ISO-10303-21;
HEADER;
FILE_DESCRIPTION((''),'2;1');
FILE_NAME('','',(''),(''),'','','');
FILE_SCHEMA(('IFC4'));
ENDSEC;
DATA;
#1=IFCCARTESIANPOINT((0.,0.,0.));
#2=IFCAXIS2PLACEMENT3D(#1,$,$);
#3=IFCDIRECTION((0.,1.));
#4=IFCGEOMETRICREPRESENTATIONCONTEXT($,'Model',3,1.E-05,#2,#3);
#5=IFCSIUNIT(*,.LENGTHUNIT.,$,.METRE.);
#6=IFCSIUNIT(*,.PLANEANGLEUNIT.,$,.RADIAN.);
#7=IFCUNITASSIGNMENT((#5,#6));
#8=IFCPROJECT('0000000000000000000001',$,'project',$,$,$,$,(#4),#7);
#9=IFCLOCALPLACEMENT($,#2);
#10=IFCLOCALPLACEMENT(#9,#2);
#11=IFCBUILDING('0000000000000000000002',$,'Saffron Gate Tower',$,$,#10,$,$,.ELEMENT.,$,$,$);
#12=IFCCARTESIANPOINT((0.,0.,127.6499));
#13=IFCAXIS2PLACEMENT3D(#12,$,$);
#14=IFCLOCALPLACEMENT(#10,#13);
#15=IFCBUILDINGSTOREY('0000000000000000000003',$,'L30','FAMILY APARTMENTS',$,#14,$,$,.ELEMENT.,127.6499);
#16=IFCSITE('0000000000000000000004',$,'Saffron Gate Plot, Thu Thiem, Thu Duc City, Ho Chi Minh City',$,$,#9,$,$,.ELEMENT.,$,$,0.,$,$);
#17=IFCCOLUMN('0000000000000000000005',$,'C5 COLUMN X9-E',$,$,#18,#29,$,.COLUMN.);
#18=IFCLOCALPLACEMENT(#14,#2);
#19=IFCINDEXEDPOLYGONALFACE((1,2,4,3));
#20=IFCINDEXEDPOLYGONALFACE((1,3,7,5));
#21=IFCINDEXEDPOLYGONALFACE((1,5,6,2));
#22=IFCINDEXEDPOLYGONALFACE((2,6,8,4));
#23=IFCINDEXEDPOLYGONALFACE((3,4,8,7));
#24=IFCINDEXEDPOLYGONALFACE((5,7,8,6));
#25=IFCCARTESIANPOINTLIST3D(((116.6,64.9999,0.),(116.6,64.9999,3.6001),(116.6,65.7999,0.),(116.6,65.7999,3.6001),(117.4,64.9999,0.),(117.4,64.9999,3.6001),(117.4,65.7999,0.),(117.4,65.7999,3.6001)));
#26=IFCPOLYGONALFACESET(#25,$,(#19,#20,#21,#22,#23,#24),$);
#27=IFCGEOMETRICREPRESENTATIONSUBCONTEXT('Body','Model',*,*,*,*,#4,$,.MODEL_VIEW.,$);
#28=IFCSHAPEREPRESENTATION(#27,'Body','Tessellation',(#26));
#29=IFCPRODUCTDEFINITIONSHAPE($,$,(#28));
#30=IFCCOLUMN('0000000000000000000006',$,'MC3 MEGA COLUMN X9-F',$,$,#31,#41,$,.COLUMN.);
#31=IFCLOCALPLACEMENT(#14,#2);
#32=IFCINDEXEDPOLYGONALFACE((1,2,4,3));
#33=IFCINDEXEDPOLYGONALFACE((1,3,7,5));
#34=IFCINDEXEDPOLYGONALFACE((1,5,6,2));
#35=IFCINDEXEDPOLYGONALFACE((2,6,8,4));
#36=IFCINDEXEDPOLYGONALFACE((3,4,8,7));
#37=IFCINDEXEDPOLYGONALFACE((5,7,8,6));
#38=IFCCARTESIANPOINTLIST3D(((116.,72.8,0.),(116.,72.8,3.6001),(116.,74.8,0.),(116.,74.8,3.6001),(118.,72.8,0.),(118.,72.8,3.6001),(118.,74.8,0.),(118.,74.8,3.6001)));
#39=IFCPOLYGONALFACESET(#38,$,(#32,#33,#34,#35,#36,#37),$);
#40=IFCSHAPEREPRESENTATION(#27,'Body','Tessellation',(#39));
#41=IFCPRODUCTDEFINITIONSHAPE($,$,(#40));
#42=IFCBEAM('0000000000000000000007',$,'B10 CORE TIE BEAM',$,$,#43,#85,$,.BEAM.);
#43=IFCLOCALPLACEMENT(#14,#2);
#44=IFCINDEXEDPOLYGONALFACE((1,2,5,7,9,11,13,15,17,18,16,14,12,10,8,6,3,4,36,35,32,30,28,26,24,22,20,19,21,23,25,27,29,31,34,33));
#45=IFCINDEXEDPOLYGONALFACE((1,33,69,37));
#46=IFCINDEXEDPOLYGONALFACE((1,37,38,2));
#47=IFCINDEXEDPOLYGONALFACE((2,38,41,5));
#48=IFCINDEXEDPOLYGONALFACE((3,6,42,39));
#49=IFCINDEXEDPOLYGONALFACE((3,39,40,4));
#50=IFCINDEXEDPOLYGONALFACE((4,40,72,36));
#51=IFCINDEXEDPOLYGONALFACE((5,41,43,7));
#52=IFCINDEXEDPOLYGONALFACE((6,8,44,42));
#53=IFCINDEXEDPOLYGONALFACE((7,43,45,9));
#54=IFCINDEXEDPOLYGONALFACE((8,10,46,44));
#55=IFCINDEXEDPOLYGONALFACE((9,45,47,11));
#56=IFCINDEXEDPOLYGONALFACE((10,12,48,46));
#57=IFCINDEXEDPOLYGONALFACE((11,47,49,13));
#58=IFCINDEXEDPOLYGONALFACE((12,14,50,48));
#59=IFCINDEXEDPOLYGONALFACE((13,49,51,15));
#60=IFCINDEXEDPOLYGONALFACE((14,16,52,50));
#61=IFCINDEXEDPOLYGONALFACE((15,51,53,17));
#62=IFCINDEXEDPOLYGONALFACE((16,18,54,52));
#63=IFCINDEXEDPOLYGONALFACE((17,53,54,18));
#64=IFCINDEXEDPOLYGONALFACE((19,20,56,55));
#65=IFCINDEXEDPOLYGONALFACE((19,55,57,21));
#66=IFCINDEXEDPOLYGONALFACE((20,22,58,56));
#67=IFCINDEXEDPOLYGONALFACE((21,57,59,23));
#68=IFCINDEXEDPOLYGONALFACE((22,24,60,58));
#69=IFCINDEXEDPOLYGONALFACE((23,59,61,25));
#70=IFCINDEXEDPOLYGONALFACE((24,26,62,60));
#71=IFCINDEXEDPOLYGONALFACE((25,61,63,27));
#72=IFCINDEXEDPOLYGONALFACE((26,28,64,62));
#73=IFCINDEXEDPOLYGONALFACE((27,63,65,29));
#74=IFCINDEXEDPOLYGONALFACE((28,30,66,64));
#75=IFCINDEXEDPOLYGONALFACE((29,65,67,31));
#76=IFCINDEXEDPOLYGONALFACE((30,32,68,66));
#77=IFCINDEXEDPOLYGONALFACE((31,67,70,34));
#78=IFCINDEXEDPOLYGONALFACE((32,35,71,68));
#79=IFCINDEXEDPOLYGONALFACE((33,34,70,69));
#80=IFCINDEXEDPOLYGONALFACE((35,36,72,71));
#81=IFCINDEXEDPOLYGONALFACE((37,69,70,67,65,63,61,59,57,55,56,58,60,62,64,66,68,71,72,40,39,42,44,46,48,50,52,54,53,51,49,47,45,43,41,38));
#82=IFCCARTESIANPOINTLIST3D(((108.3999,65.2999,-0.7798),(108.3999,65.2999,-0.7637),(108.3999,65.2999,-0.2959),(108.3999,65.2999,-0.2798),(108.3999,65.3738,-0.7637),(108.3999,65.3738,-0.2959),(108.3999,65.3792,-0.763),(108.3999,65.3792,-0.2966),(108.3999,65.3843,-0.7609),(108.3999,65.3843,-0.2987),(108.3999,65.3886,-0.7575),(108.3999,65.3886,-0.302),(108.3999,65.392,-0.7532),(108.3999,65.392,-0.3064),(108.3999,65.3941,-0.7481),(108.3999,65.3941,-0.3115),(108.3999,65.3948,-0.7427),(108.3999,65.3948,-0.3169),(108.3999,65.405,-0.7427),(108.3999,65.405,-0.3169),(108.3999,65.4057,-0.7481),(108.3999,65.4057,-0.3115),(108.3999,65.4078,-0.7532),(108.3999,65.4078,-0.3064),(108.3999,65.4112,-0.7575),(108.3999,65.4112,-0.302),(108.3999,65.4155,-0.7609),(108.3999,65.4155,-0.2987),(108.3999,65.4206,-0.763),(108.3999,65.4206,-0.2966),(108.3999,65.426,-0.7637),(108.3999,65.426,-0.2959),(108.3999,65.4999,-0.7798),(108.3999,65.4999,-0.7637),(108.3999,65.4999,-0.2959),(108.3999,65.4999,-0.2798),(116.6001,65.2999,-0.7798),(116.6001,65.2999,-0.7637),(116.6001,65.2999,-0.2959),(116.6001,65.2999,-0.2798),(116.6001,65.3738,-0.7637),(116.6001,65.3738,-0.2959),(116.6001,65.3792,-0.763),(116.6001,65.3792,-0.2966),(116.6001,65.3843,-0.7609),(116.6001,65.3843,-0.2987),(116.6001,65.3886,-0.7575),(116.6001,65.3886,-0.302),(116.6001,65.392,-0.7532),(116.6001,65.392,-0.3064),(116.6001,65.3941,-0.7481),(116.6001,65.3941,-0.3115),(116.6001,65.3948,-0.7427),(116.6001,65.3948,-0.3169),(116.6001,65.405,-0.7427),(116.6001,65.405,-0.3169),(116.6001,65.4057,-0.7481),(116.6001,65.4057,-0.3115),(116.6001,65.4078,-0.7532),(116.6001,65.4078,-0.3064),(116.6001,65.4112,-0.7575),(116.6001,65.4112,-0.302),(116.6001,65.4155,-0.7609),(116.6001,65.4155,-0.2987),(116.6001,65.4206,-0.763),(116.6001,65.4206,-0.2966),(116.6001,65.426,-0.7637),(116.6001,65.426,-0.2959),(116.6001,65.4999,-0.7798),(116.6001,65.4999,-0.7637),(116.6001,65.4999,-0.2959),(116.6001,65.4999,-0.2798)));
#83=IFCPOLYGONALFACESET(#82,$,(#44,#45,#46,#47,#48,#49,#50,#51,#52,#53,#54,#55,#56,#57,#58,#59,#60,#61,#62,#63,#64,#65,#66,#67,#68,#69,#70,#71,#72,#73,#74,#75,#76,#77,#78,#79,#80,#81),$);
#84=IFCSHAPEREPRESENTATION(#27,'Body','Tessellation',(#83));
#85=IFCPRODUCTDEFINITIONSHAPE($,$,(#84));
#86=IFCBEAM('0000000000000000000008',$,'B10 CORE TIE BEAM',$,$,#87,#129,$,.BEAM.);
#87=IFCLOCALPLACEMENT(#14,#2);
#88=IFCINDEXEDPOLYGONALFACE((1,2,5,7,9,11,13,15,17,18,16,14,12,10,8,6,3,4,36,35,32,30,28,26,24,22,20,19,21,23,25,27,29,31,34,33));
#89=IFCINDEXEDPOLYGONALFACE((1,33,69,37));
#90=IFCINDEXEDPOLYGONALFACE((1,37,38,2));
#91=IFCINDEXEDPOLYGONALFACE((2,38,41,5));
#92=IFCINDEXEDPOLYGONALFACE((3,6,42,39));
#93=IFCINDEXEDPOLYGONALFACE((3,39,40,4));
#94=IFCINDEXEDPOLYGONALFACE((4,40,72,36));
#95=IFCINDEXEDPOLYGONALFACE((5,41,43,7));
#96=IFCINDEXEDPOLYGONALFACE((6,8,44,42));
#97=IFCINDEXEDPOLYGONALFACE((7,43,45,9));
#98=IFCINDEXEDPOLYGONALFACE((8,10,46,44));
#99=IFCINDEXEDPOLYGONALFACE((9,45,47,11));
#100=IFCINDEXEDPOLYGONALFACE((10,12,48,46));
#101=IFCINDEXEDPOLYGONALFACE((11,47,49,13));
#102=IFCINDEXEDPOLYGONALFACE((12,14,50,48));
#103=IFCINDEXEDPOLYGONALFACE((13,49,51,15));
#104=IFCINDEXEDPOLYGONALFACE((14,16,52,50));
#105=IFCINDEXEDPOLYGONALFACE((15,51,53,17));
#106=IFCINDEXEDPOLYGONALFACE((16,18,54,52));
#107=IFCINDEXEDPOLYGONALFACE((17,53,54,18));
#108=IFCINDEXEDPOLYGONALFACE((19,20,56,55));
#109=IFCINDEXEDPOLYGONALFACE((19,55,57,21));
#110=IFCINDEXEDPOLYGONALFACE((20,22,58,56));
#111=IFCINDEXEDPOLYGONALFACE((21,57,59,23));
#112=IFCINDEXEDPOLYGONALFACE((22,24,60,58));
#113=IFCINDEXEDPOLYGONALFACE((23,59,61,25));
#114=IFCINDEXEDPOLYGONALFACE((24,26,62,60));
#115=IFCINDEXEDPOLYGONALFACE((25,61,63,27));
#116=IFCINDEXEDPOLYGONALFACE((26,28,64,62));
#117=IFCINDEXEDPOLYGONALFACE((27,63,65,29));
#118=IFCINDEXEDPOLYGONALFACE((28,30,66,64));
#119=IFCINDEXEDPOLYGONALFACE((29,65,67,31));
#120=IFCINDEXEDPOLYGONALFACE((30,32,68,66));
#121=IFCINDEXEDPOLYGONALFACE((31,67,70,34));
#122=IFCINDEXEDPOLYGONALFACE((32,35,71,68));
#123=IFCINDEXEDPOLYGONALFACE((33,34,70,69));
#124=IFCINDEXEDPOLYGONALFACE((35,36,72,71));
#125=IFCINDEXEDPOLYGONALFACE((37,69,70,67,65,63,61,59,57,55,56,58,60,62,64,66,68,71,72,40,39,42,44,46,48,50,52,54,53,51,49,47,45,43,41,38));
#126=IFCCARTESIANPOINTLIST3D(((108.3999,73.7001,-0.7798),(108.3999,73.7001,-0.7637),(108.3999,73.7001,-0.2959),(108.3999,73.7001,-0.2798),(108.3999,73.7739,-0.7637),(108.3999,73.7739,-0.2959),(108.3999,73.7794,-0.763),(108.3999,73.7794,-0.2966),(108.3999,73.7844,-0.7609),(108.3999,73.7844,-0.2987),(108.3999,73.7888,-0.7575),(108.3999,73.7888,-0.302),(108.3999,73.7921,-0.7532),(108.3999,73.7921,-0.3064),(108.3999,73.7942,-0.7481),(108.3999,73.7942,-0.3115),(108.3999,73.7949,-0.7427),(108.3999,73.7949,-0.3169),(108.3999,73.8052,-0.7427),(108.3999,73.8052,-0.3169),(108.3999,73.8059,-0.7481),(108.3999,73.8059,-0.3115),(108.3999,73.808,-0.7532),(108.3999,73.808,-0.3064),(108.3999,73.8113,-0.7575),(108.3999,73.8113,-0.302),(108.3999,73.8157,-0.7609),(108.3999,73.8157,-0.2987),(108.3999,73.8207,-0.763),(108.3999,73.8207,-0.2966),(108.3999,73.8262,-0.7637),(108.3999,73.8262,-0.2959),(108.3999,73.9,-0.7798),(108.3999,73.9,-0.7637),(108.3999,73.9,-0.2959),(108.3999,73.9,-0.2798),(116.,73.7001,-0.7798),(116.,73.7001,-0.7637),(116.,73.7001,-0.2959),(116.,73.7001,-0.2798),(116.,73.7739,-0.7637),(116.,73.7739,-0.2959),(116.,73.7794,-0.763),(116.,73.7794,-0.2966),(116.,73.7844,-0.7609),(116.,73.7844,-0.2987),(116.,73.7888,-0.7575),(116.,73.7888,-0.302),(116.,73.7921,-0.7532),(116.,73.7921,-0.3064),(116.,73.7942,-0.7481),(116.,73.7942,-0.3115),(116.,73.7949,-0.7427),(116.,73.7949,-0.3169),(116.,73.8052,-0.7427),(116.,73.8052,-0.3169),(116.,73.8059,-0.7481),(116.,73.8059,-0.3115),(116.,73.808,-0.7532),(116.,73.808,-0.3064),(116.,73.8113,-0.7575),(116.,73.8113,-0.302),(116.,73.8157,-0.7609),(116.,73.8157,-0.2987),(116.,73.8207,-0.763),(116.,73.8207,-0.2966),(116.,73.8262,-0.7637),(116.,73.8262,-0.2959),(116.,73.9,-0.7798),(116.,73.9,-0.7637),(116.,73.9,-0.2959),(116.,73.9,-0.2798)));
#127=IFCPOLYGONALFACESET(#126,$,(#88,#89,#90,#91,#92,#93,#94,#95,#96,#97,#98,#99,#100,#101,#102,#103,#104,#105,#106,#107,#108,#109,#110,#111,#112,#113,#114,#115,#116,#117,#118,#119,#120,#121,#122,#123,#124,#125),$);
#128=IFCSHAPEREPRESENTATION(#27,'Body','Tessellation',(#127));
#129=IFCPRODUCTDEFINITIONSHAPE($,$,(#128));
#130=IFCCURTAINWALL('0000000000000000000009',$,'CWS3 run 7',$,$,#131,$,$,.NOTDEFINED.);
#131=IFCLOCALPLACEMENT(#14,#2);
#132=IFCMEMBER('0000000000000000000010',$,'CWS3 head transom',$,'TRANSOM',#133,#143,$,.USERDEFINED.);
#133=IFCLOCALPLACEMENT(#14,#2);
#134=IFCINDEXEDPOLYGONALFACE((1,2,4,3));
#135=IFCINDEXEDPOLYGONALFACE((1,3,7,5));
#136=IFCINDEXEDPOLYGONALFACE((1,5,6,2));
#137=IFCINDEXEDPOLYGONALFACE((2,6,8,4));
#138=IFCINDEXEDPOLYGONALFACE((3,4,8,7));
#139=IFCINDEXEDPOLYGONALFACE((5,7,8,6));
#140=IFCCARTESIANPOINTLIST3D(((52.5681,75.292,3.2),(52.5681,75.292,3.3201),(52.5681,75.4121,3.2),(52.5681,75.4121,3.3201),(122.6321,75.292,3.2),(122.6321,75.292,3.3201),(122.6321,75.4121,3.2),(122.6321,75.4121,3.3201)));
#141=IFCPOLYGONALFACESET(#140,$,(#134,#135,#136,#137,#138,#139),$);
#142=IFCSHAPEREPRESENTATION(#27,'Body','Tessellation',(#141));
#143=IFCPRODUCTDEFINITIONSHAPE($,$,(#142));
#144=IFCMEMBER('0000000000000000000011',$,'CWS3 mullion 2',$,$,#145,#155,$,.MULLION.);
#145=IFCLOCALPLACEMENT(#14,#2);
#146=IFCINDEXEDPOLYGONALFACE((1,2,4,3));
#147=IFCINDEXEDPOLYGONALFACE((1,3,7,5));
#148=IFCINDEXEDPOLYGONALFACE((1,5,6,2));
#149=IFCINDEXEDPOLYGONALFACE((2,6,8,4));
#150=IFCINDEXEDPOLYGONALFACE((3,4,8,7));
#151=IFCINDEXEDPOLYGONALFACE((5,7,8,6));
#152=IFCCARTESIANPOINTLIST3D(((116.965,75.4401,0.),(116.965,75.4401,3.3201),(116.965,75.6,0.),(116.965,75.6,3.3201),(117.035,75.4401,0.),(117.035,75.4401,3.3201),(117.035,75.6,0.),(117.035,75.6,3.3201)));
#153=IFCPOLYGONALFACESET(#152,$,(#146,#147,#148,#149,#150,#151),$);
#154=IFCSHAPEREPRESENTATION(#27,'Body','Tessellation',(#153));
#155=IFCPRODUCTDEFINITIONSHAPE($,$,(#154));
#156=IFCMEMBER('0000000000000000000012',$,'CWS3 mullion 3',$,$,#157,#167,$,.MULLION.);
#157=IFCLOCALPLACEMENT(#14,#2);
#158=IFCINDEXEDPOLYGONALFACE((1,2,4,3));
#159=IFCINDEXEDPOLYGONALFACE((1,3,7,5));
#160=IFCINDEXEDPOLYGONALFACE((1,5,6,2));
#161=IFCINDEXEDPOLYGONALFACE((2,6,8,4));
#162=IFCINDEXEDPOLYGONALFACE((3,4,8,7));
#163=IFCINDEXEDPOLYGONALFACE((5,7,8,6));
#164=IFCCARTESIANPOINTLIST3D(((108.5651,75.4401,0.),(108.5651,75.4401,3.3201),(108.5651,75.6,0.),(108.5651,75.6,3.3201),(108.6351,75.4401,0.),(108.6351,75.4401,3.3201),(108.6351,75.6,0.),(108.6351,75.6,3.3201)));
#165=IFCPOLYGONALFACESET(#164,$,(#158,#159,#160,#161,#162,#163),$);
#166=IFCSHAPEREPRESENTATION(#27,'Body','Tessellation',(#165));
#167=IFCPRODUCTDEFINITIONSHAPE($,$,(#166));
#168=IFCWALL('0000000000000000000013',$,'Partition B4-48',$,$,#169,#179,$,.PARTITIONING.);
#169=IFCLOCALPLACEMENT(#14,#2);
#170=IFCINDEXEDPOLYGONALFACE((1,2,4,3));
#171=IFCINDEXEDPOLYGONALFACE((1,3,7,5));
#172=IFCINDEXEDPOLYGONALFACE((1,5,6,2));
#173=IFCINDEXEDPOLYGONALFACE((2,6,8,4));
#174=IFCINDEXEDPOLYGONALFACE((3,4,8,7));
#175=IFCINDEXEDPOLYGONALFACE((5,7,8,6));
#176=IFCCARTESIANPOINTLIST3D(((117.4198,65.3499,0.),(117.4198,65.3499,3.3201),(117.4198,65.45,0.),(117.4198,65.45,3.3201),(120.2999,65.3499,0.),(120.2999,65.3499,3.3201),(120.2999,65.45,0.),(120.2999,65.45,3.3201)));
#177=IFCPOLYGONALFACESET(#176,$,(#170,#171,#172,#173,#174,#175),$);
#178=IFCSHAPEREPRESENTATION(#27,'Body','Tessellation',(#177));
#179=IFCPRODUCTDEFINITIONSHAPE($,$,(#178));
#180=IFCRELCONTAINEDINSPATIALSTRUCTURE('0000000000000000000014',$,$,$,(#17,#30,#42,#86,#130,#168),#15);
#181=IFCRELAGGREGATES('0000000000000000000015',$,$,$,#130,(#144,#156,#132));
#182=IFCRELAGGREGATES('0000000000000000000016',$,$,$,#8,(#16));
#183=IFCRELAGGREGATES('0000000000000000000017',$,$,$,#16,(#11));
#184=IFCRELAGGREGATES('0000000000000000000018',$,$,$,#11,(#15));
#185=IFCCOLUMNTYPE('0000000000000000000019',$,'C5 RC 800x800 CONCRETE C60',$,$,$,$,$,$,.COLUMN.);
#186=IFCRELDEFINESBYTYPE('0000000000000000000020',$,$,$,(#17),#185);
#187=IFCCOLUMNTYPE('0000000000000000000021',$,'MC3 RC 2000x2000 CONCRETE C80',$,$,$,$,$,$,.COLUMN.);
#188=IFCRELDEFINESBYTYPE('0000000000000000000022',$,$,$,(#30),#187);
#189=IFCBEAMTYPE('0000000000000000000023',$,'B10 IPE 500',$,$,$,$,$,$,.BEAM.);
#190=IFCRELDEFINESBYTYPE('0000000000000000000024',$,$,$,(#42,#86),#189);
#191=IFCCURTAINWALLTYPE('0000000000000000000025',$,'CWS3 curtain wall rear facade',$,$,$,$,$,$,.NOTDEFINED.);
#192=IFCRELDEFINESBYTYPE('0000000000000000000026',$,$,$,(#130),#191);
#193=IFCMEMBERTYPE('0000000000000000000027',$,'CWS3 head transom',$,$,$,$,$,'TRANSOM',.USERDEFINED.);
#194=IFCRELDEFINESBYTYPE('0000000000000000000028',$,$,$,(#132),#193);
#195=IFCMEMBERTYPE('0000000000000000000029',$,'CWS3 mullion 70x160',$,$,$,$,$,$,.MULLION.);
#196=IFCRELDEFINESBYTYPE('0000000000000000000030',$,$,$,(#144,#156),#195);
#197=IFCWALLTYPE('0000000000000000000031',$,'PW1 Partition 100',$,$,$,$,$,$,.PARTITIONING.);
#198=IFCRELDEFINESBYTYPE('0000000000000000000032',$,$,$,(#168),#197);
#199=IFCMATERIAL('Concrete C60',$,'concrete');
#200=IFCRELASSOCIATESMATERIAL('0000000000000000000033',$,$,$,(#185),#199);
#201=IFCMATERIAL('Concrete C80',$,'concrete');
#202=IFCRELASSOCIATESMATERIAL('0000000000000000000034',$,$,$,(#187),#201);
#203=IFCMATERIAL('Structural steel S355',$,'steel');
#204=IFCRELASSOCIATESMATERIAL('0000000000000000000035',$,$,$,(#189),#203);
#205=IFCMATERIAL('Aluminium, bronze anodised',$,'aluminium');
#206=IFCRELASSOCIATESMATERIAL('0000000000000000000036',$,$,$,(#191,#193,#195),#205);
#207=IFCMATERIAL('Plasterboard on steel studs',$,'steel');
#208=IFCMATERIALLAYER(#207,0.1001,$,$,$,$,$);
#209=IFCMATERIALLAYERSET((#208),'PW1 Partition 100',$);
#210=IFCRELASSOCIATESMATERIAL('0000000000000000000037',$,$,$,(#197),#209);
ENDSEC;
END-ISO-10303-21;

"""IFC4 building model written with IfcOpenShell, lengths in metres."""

from ifc_helpers import new_model, si_unit, direction, frame, frame_2d, origin, origin_2d, place, context, subcontext, project, spatial, rectangle, i_section, extrude, material, layer, layer_set, material_profile, profile_set, type_object, element, aggregate, save


model = new_model("IFC4")

# Units and contexts
model_context = context("Model", 3, precision=1e-05, world=origin(), true_north=direction((0.0, 1.0)))
body_context = subcontext(model_context, "Body", "Model", "MODEL_VIEW")
ifc_project = project(units=[si_unit("LENGTHUNIT", "METRE"), si_unit("PLANEANGLEUNIT", "RADIAN")], contexts=[model_context])

# Site, building, storey
site_placement = place(None, origin())
site = spatial("IfcSite", under=ifc_project, at=site_placement, Name="Saffron Gate Plot, Thu Thiem, Thu Duc City, Ho Chi Minh City", CompositionType="ELEMENT", RefElevation=0.0)
building_placement = place(site_placement, origin())
building = spatial("IfcBuilding", under=site, at=building_placement, Name="Saffron Gate Tower", CompositionType="ELEMENT")
storey_placement = place(building_placement, frame((0.0, 0.0, 127.6499)))
storey = spatial("IfcBuildingStorey", under=building, at=storey_placement, Name="L30", Description="FAMILY APARTMENTS", CompositionType="ELEMENT", Elevation=127.6499)

# Columns
ifc_material_1 = material(Name="Concrete C60", Category="concrete")
ifc_material_profile_1 = material_profile(ifc_material_1, rectangle(XDim=0.8, YDim=0.8, at=origin_2d()))
ifc_profile_set_1 = profile_set([ifc_material_profile_1], Name="Concrete C60")
column_type_1 = type_object("IfcColumnType", Name="C5 RC 800x800 CONCRETE C60", PredefinedType="COLUMN", material=ifc_profile_set_1)
column_1_placement = place(storey_placement, frame((117.0, 65.3999, 0.0), z_axis=(0.0, 0.0, 1.0), x_axis=(1.0, 0.0, 0.0)))
element("IfcColumn", 1, at=column_1_placement, inside=storey, type_object=column_type_1, Name="C5 COLUMN X9-E", PredefinedType="COLUMN", context=body_context, shape_type="SweptSolid", body=[
    extrude(rectangle(XDim=0.8, YDim=0.8, at=origin_2d()), origin(), (0.0, 0.0, 1.0), 3.6001),
])
ifc_material_2 = material(Name="Concrete C80", Category="concrete")
ifc_material_profile_2 = material_profile(ifc_material_2, rectangle(XDim=2.0, YDim=2.0, at=origin_2d()))
ifc_profile_set_2 = profile_set([ifc_material_profile_2], Name="Concrete C80")
column_type_2 = type_object("IfcColumnType", Name="MC3 RC 2000x2000 CONCRETE C80", PredefinedType="COLUMN", material=ifc_profile_set_2)
column_2_placement = place(storey_placement, frame((117.0, 73.8, 0.0), z_axis=(0.0, 0.0, 1.0), x_axis=(1.0, 0.0, 0.0)))
element("IfcColumn", 2, at=column_2_placement, inside=storey, type_object=column_type_2, Name="MC3 MEGA COLUMN X9-F", PredefinedType="COLUMN", context=body_context, shape_type="SweptSolid", body=[
    extrude(rectangle(XDim=2.0, YDim=2.0, at=origin_2d()), origin(), (0.0, 0.0, 1.0), 3.6001),
])

# Beams
ifc_material_3 = material(Name="Structural steel S355", Category="steel")
ifc_material_profile_3 = material_profile(ifc_material_3, i_section(OverallWidth=0.2, OverallDepth=0.5, WebThickness=0.0103, FlangeThickness=0.0161, FilletRadius=0.021, at=origin_2d()))
ifc_profile_set_3 = profile_set([ifc_material_profile_3], Name="Structural steel S355")
beam_type = type_object("IfcBeamType", Name="B10 IPE 500", PredefinedType="BEAM", material=ifc_profile_set_3)
beam_1_placement = place(storey_placement, frame((116.6001, 65.3999, -0.5298), z_axis=(-1.0, 0.0, 0.0), x_axis=(0.0, -1.0, 0.0)))
element("IfcBeam", 3, at=beam_1_placement, inside=storey, type_object=beam_type, Name="B10 CORE TIE BEAM", PredefinedType="BEAM", context=body_context, shape_type="SweptSolid", body=[
    extrude(i_section(OverallWidth=0.2, OverallDepth=0.5, WebThickness=0.0103, FlangeThickness=0.0161, FilletRadius=0.021, at=origin_2d()), origin(), (0.0, 0.0, 1.0), 8.2002),
])
beam_2_placement = place(storey_placement, frame((116.0, 73.8, -0.5298), z_axis=(-1.0, 0.0, 0.0), x_axis=(0.0, -1.0, 0.0)))
element("IfcBeam", 4, at=beam_2_placement, inside=storey, type_object=beam_type, Name="B10 CORE TIE BEAM", PredefinedType="BEAM", context=body_context, shape_type="SweptSolid", body=[
    extrude(i_section(OverallWidth=0.2, OverallDepth=0.5, WebThickness=0.0103, FlangeThickness=0.0161, FilletRadius=0.021, at=origin_2d()), origin(), (0.0, 0.0, 1.0), 7.6001),
])

# Curtain wall, members
ifc_material_4 = material(Name="Aluminium, bronze anodised", Category="aluminium")
curtain_wall_type = type_object("IfcCurtainWallType", Name="CWS3 curtain wall rear facade", PredefinedType="NOTDEFINED", material=ifc_material_4)
curtain_wall_placement = place(storey_placement, origin())
curtain_wall = element("IfcCurtainWall", 5, at=curtain_wall_placement, inside=storey, type_object=curtain_wall_type, Name="CWS3 run 7", PredefinedType="NOTDEFINED")
ifc_material_profile_4 = material_profile(ifc_material_4, rectangle(XDim=0.1201, YDim=0.1201, at=origin_2d()))
ifc_profile_set_4 = profile_set([ifc_material_profile_4], Name="Aluminium, bronze anodised")
member_type_1 = type_object("IfcMemberType", Name="CWS3 head transom", ElementType="TRANSOM", PredefinedType="USERDEFINED", material=ifc_profile_set_4)
member_1_placement = place(storey_placement, frame((122.6321, 75.3521, 3.26), z_axis=(-1.0, 0.0, 0.0), x_axis=(0.0, -1.0, 0.0)))
member_1 = element("IfcMember", 6, at=member_1_placement, type_object=member_type_1, Name="CWS3 head transom", ObjectType="TRANSOM", PredefinedType="USERDEFINED", context=body_context, shape_type="SweptSolid", body=[
    extrude(rectangle(XDim=0.1201, YDim=0.1201, at=origin_2d()), origin(), (0.0, 0.0, 1.0), 70.064),
])
ifc_material_profile_5 = material_profile(ifc_material_4, rectangle(XDim=0.1599, YDim=0.0701, at=origin_2d()))
ifc_profile_set_5 = profile_set([ifc_material_profile_5], Name="Aluminium, bronze anodised")
member_type_2 = type_object("IfcMemberType", Name="CWS3 mullion 70x160", PredefinedType="MULLION", material=ifc_profile_set_5)
member_2_placement = place(storey_placement, frame((117.0, 75.52, 0.0), z_axis=(0.0, 0.0, 1.0), x_axis=(0.0, -1.0, 0.0)))
member_2 = element("IfcMember", 7, at=member_2_placement, type_object=member_type_2, Name="CWS3 mullion 2", PredefinedType="MULLION", context=body_context, shape_type="SweptSolid", body=[
    extrude(rectangle(XDim=0.1599, YDim=0.0701, at=origin_2d()), origin(), (0.0, 0.0, 1.0), 3.3201),
])
member_3_placement = place(storey_placement, frame((108.6001, 75.52, 0.0), z_axis=(0.0, 0.0, 1.0), x_axis=(0.0, -1.0, 0.0)))
member_3 = element("IfcMember", 8, at=member_3_placement, type_object=member_type_2, Name="CWS3 mullion 3", PredefinedType="MULLION", context=body_context, shape_type="SweptSolid", body=[
    extrude(rectangle(XDim=0.1599, YDim=0.0701, at=origin_2d()), origin(), (0.0, 0.0, 1.0), 3.3201),
])
aggregate(curtain_wall, [member_2, member_3, member_1])

# Wall
ifc_material_5 = material(Name="Plasterboard on steel studs", Category="steel")
ifc_layer_1 = layer(ifc_material_5, 0.1001)
ifc_layer_set_1 = layer_set([ifc_layer_1], Name="PW1 Partition 100")
wall_type_1 = type_object("IfcWallType", Name="PW1 Partition 100", PredefinedType="PARTITIONING", material=ifc_layer_set_1)
wall_1_placement = place(storey_placement, frame((117.4199, 65.3999, 0.0), z_axis=(0.0, 0.0, 1.0), x_axis=(1.0, 0.0, 0.0)))
element("IfcWall", 9, at=wall_1_placement, inside=storey, type_object=wall_type_1, Name="Partition B4-48", PredefinedType="PARTITIONING", context=body_context, shape_type="SweptSolid", body=[
    extrude(rectangle(XDim=2.8801, YDim=0.1001, at=frame_2d((1.4399, 0.0))), origin(), (0.0, 0.0, 1.0), 3.3201),
])

save(model, "model.ifc")
